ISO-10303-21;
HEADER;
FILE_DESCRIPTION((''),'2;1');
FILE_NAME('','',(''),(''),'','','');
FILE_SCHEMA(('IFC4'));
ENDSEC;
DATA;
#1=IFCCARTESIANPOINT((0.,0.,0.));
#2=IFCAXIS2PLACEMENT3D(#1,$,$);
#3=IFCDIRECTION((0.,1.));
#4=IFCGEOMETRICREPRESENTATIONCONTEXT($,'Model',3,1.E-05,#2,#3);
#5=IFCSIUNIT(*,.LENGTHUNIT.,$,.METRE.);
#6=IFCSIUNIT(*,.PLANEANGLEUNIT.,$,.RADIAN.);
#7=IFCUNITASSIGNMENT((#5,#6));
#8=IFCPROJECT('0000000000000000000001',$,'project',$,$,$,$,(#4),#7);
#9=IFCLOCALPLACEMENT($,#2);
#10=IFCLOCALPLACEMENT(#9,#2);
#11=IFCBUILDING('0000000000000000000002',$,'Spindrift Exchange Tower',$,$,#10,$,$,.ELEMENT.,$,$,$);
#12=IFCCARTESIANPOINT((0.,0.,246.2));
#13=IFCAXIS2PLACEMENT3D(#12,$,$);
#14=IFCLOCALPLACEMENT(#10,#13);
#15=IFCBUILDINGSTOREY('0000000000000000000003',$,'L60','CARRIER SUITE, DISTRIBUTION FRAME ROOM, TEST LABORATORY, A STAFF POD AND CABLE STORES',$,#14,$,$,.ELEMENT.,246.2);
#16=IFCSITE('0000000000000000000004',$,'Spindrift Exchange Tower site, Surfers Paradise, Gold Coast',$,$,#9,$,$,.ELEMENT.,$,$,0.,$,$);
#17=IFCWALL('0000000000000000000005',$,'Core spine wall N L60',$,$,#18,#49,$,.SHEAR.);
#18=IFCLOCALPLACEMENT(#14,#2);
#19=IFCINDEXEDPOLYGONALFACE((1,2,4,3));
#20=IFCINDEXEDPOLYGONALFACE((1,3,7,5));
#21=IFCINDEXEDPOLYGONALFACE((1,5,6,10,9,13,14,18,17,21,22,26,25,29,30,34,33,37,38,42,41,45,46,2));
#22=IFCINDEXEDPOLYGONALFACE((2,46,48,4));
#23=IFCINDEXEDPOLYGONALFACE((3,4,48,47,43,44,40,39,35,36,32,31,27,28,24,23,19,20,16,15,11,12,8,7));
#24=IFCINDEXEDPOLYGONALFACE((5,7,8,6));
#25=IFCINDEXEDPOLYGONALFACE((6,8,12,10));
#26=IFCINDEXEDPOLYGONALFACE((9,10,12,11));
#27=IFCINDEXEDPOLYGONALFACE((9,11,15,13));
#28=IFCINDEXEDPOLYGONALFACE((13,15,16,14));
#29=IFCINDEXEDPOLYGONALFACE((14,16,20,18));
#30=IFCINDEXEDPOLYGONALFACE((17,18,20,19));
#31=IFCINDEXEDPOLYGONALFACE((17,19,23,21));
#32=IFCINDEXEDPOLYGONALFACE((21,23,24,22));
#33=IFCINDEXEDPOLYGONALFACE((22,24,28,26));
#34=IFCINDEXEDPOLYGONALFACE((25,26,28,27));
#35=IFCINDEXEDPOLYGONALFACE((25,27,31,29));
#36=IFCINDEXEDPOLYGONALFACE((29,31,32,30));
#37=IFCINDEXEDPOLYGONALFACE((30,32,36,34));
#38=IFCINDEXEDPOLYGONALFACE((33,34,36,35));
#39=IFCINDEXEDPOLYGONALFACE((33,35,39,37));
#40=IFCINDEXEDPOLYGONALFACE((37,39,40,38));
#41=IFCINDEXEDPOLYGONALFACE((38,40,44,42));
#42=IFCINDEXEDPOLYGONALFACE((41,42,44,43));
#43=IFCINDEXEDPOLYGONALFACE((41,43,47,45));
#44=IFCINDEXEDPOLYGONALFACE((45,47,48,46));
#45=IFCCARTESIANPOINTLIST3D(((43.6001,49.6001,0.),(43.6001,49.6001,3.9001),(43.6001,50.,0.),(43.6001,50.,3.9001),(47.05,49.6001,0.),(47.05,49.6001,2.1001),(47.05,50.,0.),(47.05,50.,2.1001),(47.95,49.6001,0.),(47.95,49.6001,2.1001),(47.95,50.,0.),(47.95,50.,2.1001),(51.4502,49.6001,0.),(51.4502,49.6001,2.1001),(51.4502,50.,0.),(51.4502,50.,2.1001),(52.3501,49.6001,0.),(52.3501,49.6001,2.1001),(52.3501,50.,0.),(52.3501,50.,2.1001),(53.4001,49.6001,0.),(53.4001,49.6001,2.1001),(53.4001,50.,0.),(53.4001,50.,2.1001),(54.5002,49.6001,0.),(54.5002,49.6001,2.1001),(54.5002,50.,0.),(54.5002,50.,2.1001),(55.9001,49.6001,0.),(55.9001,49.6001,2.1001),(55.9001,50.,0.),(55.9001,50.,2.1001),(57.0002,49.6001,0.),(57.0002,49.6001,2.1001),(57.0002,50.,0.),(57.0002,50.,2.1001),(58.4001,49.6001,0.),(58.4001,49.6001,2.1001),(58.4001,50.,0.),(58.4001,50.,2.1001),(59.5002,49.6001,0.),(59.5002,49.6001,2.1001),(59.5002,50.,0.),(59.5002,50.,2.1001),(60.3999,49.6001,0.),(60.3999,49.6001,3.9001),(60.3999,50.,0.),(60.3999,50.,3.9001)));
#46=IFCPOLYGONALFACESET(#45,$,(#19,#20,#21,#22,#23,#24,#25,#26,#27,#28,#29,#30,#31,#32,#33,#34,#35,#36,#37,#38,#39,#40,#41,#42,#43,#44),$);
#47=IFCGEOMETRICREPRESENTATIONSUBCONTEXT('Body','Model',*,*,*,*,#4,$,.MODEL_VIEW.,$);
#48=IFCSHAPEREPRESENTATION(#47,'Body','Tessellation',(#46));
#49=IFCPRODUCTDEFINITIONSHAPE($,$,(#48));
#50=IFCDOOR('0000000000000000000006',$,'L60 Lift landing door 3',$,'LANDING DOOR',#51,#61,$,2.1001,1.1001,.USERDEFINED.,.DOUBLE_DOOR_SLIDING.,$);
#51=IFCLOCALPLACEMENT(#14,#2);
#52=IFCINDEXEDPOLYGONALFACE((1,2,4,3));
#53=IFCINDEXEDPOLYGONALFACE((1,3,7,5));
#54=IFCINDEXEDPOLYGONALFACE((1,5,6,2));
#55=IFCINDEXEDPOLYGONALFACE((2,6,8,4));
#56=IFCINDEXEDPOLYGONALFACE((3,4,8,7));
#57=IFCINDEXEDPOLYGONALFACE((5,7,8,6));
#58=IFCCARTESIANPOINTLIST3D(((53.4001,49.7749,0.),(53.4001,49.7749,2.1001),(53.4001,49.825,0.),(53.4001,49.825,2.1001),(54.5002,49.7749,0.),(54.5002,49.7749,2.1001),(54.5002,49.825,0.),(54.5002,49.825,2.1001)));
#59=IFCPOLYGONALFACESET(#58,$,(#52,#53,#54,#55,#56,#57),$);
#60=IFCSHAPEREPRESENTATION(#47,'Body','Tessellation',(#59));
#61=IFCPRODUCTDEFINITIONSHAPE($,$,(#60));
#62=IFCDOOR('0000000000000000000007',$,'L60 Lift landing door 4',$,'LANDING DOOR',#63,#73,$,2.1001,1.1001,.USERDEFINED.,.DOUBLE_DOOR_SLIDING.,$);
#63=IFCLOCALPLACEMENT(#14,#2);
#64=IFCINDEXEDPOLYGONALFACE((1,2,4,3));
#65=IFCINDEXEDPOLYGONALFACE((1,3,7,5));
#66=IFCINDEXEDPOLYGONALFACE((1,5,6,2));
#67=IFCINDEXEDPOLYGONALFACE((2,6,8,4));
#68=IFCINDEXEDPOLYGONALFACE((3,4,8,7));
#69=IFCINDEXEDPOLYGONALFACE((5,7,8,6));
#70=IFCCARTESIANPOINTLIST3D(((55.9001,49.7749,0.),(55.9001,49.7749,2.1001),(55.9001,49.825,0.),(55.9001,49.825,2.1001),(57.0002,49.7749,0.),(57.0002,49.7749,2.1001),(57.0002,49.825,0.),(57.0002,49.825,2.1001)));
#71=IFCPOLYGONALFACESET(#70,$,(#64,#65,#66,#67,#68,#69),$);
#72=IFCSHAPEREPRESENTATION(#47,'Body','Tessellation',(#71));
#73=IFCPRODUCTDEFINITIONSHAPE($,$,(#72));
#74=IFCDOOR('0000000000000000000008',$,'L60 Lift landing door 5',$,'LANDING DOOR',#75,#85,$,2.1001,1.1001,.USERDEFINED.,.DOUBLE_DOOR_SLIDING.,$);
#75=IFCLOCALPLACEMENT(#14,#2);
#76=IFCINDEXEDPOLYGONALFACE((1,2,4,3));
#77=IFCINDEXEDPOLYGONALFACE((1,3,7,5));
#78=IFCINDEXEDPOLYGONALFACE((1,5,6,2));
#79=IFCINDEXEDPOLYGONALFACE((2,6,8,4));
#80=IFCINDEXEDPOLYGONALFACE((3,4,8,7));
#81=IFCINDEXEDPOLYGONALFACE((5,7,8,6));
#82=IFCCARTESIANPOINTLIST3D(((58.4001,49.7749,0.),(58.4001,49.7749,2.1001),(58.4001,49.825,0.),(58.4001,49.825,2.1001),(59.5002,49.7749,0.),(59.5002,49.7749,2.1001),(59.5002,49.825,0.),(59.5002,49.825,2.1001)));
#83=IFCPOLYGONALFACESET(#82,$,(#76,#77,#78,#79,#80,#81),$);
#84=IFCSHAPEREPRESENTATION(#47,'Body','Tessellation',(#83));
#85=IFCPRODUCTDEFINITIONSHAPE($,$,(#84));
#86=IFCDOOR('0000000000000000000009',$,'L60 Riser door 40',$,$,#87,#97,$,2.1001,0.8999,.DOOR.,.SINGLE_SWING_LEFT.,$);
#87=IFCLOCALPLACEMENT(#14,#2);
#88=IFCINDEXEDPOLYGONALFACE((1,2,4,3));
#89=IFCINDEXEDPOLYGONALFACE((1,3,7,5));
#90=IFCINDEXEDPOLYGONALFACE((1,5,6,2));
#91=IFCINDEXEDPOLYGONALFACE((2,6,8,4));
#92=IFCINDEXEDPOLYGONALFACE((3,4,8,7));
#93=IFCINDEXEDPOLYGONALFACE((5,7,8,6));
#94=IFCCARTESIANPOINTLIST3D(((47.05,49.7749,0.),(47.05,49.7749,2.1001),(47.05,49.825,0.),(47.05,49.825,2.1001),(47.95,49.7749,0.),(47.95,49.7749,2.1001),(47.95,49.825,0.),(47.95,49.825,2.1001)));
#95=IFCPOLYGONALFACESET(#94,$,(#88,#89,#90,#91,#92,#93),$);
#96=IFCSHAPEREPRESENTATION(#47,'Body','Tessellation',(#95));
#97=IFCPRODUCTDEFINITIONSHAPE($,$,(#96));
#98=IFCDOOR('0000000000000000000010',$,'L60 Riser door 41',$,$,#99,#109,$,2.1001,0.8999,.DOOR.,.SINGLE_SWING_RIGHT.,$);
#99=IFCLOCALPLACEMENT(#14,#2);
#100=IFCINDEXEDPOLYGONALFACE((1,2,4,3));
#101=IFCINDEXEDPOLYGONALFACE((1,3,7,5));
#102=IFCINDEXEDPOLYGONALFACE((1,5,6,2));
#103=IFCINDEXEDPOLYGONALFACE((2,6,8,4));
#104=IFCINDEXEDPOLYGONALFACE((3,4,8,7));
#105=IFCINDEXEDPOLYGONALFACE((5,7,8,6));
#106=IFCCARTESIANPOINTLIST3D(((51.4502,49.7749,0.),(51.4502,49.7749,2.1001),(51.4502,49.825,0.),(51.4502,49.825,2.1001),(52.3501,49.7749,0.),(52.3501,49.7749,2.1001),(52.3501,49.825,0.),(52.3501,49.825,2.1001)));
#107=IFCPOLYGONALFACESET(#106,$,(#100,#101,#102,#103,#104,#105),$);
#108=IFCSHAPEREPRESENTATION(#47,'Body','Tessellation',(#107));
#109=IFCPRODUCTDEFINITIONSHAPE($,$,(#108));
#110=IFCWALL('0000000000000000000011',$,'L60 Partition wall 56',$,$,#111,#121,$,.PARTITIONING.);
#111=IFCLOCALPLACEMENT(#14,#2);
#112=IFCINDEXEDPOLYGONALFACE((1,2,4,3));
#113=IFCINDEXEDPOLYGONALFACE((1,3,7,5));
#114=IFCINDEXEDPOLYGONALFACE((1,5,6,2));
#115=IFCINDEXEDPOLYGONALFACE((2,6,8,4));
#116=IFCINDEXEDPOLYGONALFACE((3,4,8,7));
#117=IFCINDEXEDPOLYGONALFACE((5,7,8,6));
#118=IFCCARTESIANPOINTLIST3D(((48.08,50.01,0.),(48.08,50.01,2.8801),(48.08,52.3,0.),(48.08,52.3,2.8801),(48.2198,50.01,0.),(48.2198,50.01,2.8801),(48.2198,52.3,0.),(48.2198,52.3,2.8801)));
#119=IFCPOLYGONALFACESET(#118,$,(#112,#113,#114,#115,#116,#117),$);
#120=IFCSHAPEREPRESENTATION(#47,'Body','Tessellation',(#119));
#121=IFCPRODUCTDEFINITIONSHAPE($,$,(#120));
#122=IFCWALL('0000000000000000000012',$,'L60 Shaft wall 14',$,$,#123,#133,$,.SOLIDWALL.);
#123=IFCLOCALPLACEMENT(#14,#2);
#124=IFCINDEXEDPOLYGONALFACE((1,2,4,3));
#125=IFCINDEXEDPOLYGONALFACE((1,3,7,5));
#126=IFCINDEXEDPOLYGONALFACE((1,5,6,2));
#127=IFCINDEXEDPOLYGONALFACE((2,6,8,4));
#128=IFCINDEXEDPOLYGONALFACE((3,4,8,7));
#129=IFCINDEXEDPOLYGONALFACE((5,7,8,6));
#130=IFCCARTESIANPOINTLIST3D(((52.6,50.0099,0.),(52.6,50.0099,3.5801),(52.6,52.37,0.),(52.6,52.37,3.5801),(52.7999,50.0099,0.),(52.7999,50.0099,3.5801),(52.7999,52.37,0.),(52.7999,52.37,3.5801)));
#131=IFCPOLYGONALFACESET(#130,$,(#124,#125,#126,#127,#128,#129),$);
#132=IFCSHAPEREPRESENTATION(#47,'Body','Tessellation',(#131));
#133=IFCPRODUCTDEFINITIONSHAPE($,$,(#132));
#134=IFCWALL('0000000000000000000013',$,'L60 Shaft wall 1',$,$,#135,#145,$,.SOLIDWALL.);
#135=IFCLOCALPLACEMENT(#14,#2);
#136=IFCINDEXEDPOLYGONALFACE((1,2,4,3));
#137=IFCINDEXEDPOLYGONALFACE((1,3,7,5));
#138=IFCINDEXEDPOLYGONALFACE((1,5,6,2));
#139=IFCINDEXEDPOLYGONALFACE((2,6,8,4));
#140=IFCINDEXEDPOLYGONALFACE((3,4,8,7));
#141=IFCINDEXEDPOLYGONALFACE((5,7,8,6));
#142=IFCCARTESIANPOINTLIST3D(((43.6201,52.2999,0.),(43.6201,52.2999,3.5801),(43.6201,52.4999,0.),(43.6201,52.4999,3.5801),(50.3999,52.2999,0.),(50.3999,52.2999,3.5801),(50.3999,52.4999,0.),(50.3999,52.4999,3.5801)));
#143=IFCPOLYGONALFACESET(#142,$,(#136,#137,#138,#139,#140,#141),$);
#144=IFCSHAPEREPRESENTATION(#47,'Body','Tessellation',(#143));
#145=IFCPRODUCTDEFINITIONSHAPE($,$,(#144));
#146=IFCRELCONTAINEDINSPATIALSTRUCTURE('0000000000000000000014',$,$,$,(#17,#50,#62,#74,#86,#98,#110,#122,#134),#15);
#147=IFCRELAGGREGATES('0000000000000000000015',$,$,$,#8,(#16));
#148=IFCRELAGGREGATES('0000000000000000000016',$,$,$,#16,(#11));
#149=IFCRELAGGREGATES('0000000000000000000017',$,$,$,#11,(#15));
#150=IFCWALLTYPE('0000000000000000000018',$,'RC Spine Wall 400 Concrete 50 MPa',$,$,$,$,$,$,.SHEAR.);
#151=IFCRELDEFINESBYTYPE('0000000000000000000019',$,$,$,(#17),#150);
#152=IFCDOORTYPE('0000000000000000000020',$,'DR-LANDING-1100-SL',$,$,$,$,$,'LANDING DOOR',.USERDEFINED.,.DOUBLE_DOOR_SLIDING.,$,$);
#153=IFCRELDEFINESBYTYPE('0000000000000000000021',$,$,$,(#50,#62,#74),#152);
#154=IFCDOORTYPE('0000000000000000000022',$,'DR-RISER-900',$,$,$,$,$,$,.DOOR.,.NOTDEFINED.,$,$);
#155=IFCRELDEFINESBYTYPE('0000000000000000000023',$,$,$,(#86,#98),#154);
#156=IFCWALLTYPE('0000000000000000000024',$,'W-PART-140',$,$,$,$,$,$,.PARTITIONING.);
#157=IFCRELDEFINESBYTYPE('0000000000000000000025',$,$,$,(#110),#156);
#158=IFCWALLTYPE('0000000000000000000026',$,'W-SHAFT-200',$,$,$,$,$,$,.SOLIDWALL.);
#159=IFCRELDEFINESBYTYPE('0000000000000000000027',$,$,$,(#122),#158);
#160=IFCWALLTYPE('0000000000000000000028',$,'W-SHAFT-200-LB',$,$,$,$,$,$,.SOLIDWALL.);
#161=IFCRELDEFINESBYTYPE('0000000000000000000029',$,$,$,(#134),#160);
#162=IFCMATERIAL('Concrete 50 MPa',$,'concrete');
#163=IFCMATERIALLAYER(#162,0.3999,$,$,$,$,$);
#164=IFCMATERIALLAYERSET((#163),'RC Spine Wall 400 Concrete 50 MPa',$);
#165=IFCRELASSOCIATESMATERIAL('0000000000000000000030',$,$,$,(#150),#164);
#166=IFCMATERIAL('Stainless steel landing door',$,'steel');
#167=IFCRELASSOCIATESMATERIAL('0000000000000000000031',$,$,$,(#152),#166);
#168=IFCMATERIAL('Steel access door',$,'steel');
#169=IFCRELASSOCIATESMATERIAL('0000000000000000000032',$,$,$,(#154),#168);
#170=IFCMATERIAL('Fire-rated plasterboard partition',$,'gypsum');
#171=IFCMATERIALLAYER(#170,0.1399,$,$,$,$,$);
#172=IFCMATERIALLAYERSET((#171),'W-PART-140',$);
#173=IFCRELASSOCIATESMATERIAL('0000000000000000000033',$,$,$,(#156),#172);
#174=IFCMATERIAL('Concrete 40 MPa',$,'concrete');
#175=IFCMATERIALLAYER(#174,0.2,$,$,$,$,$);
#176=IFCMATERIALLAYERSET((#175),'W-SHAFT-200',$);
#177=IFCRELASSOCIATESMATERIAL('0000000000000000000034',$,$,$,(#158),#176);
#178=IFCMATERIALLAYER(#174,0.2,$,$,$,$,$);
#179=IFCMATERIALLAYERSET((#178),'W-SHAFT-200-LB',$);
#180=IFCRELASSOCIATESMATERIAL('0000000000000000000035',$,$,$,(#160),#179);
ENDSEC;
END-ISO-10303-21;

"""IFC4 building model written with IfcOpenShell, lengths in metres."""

from ifc_helpers import new_model, si_unit, direction, frame, frame_2d, origin, place, context, subcontext, project, spatial, rectangle, extrude, source, transform, mapped, material, layer, layer_set, type_object, element, fill, save


model = new_model("IFC4")

# Units and contexts
model_context = context("Model", 3, precision=1e-05, world=origin(), true_north=direction((0.0, 1.0)))
body_context = subcontext(model_context, "Body", "Model", "MODEL_VIEW")
ifc_project = project(units=[si_unit("LENGTHUNIT", "METRE"), si_unit("PLANEANGLEUNIT", "RADIAN")], contexts=[model_context])

# Site, building, storey
site_placement = place(None, origin())
site = spatial("IfcSite", under=ifc_project, at=site_placement, Name="Spindrift Exchange Tower site, Surfers Paradise, Gold Coast", CompositionType="ELEMENT", RefElevation=0.0)
building_placement = place(site_placement, origin())
building = spatial("IfcBuilding", under=site, at=building_placement, Name="Spindrift Exchange Tower", CompositionType="ELEMENT")
storey_placement = place(building_placement, frame((0.0, 0.0, 246.2)))
storey = spatial("IfcBuildingStorey", under=building, at=storey_placement, Name="L60", Description="CARRIER SUITE, DISTRIBUTION FRAME ROOM, TEST LABORATORY, A STAFF POD AND CABLE STORES", CompositionType="ELEMENT", Elevation=246.2)

# Wall, openings, doors
ifc_material_1 = material(Name="Concrete 50 MPa", Category="concrete")
ifc_layer_1 = layer(ifc_material_1, 0.3999)
ifc_layer_set_1 = layer_set([ifc_layer_1], Name="RC Spine Wall 400 Concrete 50 MPa")
wall_type_1 = type_object("IfcWallType", Name="RC Spine Wall 400 Concrete 50 MPa", PredefinedType="SHEAR", material=ifc_layer_set_1)
wall_1_placement = place(storey_placement, frame((43.6001, 49.8, 0.0), z_axis=(0.0, 0.0, 1.0), x_axis=(1.0, 0.0, 0.0)))
wall_1 = element("IfcWall", 1, at=wall_1_placement, inside=storey, type_object=wall_type_1, Name="Core spine wall N L60", PredefinedType="SHEAR", context=body_context, shape_type="SweptSolid", body=[
    extrude(rectangle(XDim=16.7998, YDim=0.3999, at=frame_2d((8.3999, 0.0))), origin(), (0.0, 0.0, 1.0), 3.9001),
])
opening_1_placement = place(wall_1_placement, frame((9.8, 0.0, 0.0)))
opening_1 = element("IfcOpeningElement", 2, at=opening_1_placement, cuts=wall_1, PredefinedType="OPENING", context=body_context, shape_type="SweptSolid", body=[
    extrude(rectangle(XDim=1.1001, YDim=2.1001, at=frame_2d((0.55, 1.05))), frame((0.0, 0.21, 0.0), z_axis=(0.0, -1.0, 0.0), x_axis=(1.0, 0.0, 0.0)), (0.0, 0.0, 1.0), 0.4199),
])
opening_2_placement = place(wall_1_placement, frame((12.3, 0.0, 0.0)))
opening_2 = element("IfcOpeningElement", 3, at=opening_2_placement, cuts=wall_1, PredefinedType="OPENING", context=body_context, shape_type="SweptSolid", body=[
    extrude(rectangle(XDim=1.1001, YDim=2.1001, at=frame_2d((0.55, 1.05))), frame((0.0, 0.21, 0.0), z_axis=(0.0, -1.0, 0.0), x_axis=(1.0, 0.0, 0.0)), (0.0, 0.0, 1.0), 0.4199),
])
opening_3_placement = place(wall_1_placement, frame((14.8, 0.0, 0.0)))
opening_3 = element("IfcOpeningElement", 4, at=opening_3_placement, cuts=wall_1, PredefinedType="OPENING", context=body_context, shape_type="SweptSolid", body=[
    extrude(rectangle(XDim=1.1001, YDim=2.1001, at=frame_2d((0.55, 1.05))), frame((0.0, 0.21, 0.0), z_axis=(0.0, -1.0, 0.0), x_axis=(1.0, 0.0, 0.0)), (0.0, 0.0, 1.0), 0.4199),
])
opening_4_placement = place(wall_1_placement, frame((3.45, 0.0, 0.0)))
opening_4 = element("IfcOpeningElement", 5, at=opening_4_placement, cuts=wall_1, PredefinedType="OPENING", context=body_context, shape_type="SweptSolid", body=[
    extrude(rectangle(XDim=0.8999, YDim=2.1001, at=frame_2d((0.45, 1.05))), frame((0.0, 0.21, 0.0), z_axis=(0.0, -1.0, 0.0), x_axis=(1.0, 0.0, 0.0)), (0.0, 0.0, 1.0), 0.4199),
])
opening_5_placement = place(wall_1_placement, frame((7.8501, 0.0, 0.0)))
opening_5 = element("IfcOpeningElement", 6, at=opening_5_placement, cuts=wall_1, PredefinedType="OPENING", context=body_context, shape_type="SweptSolid", body=[
    extrude(rectangle(XDim=0.8999, YDim=2.1001, at=frame_2d((0.45, 1.05))), frame((0.0, 0.21, 0.0), z_axis=(0.0, -1.0, 0.0), x_axis=(1.0, 0.0, 0.0)), (0.0, 0.0, 1.0), 0.4199),
])
ifc_material_2 = material(Name="Stainless steel landing door", Category="steel")
door_type_1 = type_object("IfcDoorType", Name="DR-LANDING-1100-SL", ElementType="LANDING DOOR", OperationType="DOUBLE_DOOR_SLIDING", PredefinedType="USERDEFINED", material=ifc_material_2)
shared_shape_1 = source(origin(), body_context, "Body", "SweptSolid", [
    extrude(rectangle(XDim=1.1001, YDim=2.1001, at=frame_2d((0.55, 1.05))), frame((0.0, 0.0249, 0.0), z_axis=(0.0, -1.0, 0.0), x_axis=(1.0, 0.0, 0.0)), (0.0, 0.0, 1.0), 0.05),
])
door_1_placement = place(opening_1_placement, origin())
door_1 = element("IfcDoor", 7, at=door_1_placement, inside=storey, type_object=door_type_1, Name="L60 Lift landing door 3", ObjectType="LANDING DOOR", OperationType="DOUBLE_DOOR_SLIDING", OverallHeight=2.1001, OverallWidth=1.1001, PredefinedType="USERDEFINED", context=body_context, shape_type="MappedRepresentation", body=[
    mapped(shared_shape_1, transform((0.0, 0.0, 0.0), scale=1.0)),
])
fill(opening_1, door_1)
door_2_placement = place(opening_2_placement, origin())
door_2 = element("IfcDoor", 8, at=door_2_placement, inside=storey, type_object=door_type_1, Name="L60 Lift landing door 4", ObjectType="LANDING DOOR", OperationType="DOUBLE_DOOR_SLIDING", OverallHeight=2.1001, OverallWidth=1.1001, PredefinedType="USERDEFINED", context=body_context, shape_type="MappedRepresentation", body=[
    mapped(shared_shape_1, transform((0.0, 0.0, 0.0), scale=1.0)),
])
fill(opening_2, door_2)
door_3_placement = place(opening_3_placement, origin())
door_3 = element("IfcDoor", 9, at=door_3_placement, inside=storey, type_object=door_type_1, Name="L60 Lift landing door 5", ObjectType="LANDING DOOR", OperationType="DOUBLE_DOOR_SLIDING", OverallHeight=2.1001, OverallWidth=1.1001, PredefinedType="USERDEFINED", context=body_context, shape_type="MappedRepresentation", body=[
    mapped(shared_shape_1, transform((0.0, 0.0, 0.0), scale=1.0)),
])
fill(opening_3, door_3)
ifc_material_3 = material(Name="Steel access door", Category="steel")
door_type_2 = type_object("IfcDoorType", Name="DR-RISER-900", OperationType="NOTDEFINED", PredefinedType="DOOR", material=ifc_material_3)
shared_shape_2 = source(origin(), body_context, "Body", "SweptSolid", [
    extrude(rectangle(XDim=0.8999, YDim=2.1001, at=frame_2d((0.45, 1.05))), frame((0.0, 0.0249, 0.0), z_axis=(0.0, -1.0, 0.0), x_axis=(1.0, 0.0, 0.0)), (0.0, 0.0, 1.0), 0.05),
])
door_4_placement = place(opening_4_placement, origin())
door_4 = element("IfcDoor", 10, at=door_4_placement, inside=storey, type_object=door_type_2, Name="L60 Riser door 40", OperationType="SINGLE_SWING_LEFT", OverallHeight=2.1001, OverallWidth=0.8999, PredefinedType="DOOR", context=body_context, shape_type="MappedRepresentation", body=[
    mapped(shared_shape_2, transform((0.0, 0.0, 0.0), scale=1.0)),
])
fill(opening_4, door_4)
door_5_placement = place(opening_5_placement, origin())
door_5 = element("IfcDoor", 11, at=door_5_placement, inside=storey, type_object=door_type_2, Name="L60 Riser door 41", OperationType="SINGLE_SWING_RIGHT", OverallHeight=2.1001, OverallWidth=0.8999, PredefinedType="DOOR", context=body_context, shape_type="MappedRepresentation", body=[
    mapped(shared_shape_2, transform((0.0, 0.0, 0.0), scale=1.0)),
])
fill(opening_5, door_5)

# Walls
ifc_material_4 = material(Name="Fire-rated plasterboard partition", Category="gypsum")
ifc_layer_2 = layer(ifc_material_4, 0.1399)
ifc_layer_set_2 = layer_set([ifc_layer_2], Name="W-PART-140")
wall_type_2 = type_object("IfcWallType", Name="W-PART-140", PredefinedType="PARTITIONING", material=ifc_layer_set_2)
wall_2_placement = place(storey_placement, frame((48.1499, 50.01, 0.0), z_axis=(0.0, 0.0, 1.0), x_axis=(0.0, 1.0, 0.0)))
element("IfcWall", 12, at=wall_2_placement, inside=storey, type_object=wall_type_2, Name="L60 Partition wall 56", PredefinedType="PARTITIONING", context=body_context, shape_type="SweptSolid", body=[
    extrude(rectangle(XDim=2.29, YDim=0.1399, at=frame_2d((1.145, 0.0))), origin(), (0.0, 0.0, 1.0), 2.8801),
])
ifc_material_5 = material(Name="Concrete 40 MPa", Category="concrete")
ifc_layer_3 = layer(ifc_material_5, 0.2)
ifc_layer_set_3 = layer_set([ifc_layer_3], Name="W-SHAFT-200")
wall_type_3 = type_object("IfcWallType", Name="W-SHAFT-200", PredefinedType="SOLIDWALL", material=ifc_layer_set_3)
wall_3_placement = place(storey_placement, frame((52.7, 52.3701, 0.0), z_axis=(0.0, 0.0, 1.0), x_axis=(0.0, -1.0, 0.0)))
element("IfcWall", 13, at=wall_3_placement, inside=storey, type_object=wall_type_3, Name="L60 Shaft wall 14", PredefinedType="SOLIDWALL", context=body_context, shape_type="SweptSolid", body=[
    extrude(rectangle(XDim=2.3601, YDim=0.2, at=frame_2d((1.1802, 0.0))), origin(), (0.0, 0.0, 1.0), 3.5801),
])
ifc_layer_4 = layer(ifc_material_5, 0.2)
ifc_layer_set_4 = layer_set([ifc_layer_4], Name="W-SHAFT-200-LB")
wall_type_4 = type_object("IfcWallType", Name="W-SHAFT-200-LB", PredefinedType="SOLIDWALL", material=ifc_layer_set_4)
wall_4_placement = place(storey_placement, frame((43.6201, 52.3999, 0.0), z_axis=(0.0, 0.0, 1.0), x_axis=(1.0, 0.0, 0.0)))
element("IfcWall", 14, at=wall_4_placement, inside=storey, type_object=wall_type_4, Name="L60 Shaft wall 1", PredefinedType="SOLIDWALL", context=body_context, shape_type="SweptSolid", body=[
    extrude(rectangle(XDim=6.7798, YDim=0.2, at=frame_2d((3.3899, 0.0))), origin(), (0.0, 0.0, 1.0), 3.5801),
])

save(model, "model.ifc")
